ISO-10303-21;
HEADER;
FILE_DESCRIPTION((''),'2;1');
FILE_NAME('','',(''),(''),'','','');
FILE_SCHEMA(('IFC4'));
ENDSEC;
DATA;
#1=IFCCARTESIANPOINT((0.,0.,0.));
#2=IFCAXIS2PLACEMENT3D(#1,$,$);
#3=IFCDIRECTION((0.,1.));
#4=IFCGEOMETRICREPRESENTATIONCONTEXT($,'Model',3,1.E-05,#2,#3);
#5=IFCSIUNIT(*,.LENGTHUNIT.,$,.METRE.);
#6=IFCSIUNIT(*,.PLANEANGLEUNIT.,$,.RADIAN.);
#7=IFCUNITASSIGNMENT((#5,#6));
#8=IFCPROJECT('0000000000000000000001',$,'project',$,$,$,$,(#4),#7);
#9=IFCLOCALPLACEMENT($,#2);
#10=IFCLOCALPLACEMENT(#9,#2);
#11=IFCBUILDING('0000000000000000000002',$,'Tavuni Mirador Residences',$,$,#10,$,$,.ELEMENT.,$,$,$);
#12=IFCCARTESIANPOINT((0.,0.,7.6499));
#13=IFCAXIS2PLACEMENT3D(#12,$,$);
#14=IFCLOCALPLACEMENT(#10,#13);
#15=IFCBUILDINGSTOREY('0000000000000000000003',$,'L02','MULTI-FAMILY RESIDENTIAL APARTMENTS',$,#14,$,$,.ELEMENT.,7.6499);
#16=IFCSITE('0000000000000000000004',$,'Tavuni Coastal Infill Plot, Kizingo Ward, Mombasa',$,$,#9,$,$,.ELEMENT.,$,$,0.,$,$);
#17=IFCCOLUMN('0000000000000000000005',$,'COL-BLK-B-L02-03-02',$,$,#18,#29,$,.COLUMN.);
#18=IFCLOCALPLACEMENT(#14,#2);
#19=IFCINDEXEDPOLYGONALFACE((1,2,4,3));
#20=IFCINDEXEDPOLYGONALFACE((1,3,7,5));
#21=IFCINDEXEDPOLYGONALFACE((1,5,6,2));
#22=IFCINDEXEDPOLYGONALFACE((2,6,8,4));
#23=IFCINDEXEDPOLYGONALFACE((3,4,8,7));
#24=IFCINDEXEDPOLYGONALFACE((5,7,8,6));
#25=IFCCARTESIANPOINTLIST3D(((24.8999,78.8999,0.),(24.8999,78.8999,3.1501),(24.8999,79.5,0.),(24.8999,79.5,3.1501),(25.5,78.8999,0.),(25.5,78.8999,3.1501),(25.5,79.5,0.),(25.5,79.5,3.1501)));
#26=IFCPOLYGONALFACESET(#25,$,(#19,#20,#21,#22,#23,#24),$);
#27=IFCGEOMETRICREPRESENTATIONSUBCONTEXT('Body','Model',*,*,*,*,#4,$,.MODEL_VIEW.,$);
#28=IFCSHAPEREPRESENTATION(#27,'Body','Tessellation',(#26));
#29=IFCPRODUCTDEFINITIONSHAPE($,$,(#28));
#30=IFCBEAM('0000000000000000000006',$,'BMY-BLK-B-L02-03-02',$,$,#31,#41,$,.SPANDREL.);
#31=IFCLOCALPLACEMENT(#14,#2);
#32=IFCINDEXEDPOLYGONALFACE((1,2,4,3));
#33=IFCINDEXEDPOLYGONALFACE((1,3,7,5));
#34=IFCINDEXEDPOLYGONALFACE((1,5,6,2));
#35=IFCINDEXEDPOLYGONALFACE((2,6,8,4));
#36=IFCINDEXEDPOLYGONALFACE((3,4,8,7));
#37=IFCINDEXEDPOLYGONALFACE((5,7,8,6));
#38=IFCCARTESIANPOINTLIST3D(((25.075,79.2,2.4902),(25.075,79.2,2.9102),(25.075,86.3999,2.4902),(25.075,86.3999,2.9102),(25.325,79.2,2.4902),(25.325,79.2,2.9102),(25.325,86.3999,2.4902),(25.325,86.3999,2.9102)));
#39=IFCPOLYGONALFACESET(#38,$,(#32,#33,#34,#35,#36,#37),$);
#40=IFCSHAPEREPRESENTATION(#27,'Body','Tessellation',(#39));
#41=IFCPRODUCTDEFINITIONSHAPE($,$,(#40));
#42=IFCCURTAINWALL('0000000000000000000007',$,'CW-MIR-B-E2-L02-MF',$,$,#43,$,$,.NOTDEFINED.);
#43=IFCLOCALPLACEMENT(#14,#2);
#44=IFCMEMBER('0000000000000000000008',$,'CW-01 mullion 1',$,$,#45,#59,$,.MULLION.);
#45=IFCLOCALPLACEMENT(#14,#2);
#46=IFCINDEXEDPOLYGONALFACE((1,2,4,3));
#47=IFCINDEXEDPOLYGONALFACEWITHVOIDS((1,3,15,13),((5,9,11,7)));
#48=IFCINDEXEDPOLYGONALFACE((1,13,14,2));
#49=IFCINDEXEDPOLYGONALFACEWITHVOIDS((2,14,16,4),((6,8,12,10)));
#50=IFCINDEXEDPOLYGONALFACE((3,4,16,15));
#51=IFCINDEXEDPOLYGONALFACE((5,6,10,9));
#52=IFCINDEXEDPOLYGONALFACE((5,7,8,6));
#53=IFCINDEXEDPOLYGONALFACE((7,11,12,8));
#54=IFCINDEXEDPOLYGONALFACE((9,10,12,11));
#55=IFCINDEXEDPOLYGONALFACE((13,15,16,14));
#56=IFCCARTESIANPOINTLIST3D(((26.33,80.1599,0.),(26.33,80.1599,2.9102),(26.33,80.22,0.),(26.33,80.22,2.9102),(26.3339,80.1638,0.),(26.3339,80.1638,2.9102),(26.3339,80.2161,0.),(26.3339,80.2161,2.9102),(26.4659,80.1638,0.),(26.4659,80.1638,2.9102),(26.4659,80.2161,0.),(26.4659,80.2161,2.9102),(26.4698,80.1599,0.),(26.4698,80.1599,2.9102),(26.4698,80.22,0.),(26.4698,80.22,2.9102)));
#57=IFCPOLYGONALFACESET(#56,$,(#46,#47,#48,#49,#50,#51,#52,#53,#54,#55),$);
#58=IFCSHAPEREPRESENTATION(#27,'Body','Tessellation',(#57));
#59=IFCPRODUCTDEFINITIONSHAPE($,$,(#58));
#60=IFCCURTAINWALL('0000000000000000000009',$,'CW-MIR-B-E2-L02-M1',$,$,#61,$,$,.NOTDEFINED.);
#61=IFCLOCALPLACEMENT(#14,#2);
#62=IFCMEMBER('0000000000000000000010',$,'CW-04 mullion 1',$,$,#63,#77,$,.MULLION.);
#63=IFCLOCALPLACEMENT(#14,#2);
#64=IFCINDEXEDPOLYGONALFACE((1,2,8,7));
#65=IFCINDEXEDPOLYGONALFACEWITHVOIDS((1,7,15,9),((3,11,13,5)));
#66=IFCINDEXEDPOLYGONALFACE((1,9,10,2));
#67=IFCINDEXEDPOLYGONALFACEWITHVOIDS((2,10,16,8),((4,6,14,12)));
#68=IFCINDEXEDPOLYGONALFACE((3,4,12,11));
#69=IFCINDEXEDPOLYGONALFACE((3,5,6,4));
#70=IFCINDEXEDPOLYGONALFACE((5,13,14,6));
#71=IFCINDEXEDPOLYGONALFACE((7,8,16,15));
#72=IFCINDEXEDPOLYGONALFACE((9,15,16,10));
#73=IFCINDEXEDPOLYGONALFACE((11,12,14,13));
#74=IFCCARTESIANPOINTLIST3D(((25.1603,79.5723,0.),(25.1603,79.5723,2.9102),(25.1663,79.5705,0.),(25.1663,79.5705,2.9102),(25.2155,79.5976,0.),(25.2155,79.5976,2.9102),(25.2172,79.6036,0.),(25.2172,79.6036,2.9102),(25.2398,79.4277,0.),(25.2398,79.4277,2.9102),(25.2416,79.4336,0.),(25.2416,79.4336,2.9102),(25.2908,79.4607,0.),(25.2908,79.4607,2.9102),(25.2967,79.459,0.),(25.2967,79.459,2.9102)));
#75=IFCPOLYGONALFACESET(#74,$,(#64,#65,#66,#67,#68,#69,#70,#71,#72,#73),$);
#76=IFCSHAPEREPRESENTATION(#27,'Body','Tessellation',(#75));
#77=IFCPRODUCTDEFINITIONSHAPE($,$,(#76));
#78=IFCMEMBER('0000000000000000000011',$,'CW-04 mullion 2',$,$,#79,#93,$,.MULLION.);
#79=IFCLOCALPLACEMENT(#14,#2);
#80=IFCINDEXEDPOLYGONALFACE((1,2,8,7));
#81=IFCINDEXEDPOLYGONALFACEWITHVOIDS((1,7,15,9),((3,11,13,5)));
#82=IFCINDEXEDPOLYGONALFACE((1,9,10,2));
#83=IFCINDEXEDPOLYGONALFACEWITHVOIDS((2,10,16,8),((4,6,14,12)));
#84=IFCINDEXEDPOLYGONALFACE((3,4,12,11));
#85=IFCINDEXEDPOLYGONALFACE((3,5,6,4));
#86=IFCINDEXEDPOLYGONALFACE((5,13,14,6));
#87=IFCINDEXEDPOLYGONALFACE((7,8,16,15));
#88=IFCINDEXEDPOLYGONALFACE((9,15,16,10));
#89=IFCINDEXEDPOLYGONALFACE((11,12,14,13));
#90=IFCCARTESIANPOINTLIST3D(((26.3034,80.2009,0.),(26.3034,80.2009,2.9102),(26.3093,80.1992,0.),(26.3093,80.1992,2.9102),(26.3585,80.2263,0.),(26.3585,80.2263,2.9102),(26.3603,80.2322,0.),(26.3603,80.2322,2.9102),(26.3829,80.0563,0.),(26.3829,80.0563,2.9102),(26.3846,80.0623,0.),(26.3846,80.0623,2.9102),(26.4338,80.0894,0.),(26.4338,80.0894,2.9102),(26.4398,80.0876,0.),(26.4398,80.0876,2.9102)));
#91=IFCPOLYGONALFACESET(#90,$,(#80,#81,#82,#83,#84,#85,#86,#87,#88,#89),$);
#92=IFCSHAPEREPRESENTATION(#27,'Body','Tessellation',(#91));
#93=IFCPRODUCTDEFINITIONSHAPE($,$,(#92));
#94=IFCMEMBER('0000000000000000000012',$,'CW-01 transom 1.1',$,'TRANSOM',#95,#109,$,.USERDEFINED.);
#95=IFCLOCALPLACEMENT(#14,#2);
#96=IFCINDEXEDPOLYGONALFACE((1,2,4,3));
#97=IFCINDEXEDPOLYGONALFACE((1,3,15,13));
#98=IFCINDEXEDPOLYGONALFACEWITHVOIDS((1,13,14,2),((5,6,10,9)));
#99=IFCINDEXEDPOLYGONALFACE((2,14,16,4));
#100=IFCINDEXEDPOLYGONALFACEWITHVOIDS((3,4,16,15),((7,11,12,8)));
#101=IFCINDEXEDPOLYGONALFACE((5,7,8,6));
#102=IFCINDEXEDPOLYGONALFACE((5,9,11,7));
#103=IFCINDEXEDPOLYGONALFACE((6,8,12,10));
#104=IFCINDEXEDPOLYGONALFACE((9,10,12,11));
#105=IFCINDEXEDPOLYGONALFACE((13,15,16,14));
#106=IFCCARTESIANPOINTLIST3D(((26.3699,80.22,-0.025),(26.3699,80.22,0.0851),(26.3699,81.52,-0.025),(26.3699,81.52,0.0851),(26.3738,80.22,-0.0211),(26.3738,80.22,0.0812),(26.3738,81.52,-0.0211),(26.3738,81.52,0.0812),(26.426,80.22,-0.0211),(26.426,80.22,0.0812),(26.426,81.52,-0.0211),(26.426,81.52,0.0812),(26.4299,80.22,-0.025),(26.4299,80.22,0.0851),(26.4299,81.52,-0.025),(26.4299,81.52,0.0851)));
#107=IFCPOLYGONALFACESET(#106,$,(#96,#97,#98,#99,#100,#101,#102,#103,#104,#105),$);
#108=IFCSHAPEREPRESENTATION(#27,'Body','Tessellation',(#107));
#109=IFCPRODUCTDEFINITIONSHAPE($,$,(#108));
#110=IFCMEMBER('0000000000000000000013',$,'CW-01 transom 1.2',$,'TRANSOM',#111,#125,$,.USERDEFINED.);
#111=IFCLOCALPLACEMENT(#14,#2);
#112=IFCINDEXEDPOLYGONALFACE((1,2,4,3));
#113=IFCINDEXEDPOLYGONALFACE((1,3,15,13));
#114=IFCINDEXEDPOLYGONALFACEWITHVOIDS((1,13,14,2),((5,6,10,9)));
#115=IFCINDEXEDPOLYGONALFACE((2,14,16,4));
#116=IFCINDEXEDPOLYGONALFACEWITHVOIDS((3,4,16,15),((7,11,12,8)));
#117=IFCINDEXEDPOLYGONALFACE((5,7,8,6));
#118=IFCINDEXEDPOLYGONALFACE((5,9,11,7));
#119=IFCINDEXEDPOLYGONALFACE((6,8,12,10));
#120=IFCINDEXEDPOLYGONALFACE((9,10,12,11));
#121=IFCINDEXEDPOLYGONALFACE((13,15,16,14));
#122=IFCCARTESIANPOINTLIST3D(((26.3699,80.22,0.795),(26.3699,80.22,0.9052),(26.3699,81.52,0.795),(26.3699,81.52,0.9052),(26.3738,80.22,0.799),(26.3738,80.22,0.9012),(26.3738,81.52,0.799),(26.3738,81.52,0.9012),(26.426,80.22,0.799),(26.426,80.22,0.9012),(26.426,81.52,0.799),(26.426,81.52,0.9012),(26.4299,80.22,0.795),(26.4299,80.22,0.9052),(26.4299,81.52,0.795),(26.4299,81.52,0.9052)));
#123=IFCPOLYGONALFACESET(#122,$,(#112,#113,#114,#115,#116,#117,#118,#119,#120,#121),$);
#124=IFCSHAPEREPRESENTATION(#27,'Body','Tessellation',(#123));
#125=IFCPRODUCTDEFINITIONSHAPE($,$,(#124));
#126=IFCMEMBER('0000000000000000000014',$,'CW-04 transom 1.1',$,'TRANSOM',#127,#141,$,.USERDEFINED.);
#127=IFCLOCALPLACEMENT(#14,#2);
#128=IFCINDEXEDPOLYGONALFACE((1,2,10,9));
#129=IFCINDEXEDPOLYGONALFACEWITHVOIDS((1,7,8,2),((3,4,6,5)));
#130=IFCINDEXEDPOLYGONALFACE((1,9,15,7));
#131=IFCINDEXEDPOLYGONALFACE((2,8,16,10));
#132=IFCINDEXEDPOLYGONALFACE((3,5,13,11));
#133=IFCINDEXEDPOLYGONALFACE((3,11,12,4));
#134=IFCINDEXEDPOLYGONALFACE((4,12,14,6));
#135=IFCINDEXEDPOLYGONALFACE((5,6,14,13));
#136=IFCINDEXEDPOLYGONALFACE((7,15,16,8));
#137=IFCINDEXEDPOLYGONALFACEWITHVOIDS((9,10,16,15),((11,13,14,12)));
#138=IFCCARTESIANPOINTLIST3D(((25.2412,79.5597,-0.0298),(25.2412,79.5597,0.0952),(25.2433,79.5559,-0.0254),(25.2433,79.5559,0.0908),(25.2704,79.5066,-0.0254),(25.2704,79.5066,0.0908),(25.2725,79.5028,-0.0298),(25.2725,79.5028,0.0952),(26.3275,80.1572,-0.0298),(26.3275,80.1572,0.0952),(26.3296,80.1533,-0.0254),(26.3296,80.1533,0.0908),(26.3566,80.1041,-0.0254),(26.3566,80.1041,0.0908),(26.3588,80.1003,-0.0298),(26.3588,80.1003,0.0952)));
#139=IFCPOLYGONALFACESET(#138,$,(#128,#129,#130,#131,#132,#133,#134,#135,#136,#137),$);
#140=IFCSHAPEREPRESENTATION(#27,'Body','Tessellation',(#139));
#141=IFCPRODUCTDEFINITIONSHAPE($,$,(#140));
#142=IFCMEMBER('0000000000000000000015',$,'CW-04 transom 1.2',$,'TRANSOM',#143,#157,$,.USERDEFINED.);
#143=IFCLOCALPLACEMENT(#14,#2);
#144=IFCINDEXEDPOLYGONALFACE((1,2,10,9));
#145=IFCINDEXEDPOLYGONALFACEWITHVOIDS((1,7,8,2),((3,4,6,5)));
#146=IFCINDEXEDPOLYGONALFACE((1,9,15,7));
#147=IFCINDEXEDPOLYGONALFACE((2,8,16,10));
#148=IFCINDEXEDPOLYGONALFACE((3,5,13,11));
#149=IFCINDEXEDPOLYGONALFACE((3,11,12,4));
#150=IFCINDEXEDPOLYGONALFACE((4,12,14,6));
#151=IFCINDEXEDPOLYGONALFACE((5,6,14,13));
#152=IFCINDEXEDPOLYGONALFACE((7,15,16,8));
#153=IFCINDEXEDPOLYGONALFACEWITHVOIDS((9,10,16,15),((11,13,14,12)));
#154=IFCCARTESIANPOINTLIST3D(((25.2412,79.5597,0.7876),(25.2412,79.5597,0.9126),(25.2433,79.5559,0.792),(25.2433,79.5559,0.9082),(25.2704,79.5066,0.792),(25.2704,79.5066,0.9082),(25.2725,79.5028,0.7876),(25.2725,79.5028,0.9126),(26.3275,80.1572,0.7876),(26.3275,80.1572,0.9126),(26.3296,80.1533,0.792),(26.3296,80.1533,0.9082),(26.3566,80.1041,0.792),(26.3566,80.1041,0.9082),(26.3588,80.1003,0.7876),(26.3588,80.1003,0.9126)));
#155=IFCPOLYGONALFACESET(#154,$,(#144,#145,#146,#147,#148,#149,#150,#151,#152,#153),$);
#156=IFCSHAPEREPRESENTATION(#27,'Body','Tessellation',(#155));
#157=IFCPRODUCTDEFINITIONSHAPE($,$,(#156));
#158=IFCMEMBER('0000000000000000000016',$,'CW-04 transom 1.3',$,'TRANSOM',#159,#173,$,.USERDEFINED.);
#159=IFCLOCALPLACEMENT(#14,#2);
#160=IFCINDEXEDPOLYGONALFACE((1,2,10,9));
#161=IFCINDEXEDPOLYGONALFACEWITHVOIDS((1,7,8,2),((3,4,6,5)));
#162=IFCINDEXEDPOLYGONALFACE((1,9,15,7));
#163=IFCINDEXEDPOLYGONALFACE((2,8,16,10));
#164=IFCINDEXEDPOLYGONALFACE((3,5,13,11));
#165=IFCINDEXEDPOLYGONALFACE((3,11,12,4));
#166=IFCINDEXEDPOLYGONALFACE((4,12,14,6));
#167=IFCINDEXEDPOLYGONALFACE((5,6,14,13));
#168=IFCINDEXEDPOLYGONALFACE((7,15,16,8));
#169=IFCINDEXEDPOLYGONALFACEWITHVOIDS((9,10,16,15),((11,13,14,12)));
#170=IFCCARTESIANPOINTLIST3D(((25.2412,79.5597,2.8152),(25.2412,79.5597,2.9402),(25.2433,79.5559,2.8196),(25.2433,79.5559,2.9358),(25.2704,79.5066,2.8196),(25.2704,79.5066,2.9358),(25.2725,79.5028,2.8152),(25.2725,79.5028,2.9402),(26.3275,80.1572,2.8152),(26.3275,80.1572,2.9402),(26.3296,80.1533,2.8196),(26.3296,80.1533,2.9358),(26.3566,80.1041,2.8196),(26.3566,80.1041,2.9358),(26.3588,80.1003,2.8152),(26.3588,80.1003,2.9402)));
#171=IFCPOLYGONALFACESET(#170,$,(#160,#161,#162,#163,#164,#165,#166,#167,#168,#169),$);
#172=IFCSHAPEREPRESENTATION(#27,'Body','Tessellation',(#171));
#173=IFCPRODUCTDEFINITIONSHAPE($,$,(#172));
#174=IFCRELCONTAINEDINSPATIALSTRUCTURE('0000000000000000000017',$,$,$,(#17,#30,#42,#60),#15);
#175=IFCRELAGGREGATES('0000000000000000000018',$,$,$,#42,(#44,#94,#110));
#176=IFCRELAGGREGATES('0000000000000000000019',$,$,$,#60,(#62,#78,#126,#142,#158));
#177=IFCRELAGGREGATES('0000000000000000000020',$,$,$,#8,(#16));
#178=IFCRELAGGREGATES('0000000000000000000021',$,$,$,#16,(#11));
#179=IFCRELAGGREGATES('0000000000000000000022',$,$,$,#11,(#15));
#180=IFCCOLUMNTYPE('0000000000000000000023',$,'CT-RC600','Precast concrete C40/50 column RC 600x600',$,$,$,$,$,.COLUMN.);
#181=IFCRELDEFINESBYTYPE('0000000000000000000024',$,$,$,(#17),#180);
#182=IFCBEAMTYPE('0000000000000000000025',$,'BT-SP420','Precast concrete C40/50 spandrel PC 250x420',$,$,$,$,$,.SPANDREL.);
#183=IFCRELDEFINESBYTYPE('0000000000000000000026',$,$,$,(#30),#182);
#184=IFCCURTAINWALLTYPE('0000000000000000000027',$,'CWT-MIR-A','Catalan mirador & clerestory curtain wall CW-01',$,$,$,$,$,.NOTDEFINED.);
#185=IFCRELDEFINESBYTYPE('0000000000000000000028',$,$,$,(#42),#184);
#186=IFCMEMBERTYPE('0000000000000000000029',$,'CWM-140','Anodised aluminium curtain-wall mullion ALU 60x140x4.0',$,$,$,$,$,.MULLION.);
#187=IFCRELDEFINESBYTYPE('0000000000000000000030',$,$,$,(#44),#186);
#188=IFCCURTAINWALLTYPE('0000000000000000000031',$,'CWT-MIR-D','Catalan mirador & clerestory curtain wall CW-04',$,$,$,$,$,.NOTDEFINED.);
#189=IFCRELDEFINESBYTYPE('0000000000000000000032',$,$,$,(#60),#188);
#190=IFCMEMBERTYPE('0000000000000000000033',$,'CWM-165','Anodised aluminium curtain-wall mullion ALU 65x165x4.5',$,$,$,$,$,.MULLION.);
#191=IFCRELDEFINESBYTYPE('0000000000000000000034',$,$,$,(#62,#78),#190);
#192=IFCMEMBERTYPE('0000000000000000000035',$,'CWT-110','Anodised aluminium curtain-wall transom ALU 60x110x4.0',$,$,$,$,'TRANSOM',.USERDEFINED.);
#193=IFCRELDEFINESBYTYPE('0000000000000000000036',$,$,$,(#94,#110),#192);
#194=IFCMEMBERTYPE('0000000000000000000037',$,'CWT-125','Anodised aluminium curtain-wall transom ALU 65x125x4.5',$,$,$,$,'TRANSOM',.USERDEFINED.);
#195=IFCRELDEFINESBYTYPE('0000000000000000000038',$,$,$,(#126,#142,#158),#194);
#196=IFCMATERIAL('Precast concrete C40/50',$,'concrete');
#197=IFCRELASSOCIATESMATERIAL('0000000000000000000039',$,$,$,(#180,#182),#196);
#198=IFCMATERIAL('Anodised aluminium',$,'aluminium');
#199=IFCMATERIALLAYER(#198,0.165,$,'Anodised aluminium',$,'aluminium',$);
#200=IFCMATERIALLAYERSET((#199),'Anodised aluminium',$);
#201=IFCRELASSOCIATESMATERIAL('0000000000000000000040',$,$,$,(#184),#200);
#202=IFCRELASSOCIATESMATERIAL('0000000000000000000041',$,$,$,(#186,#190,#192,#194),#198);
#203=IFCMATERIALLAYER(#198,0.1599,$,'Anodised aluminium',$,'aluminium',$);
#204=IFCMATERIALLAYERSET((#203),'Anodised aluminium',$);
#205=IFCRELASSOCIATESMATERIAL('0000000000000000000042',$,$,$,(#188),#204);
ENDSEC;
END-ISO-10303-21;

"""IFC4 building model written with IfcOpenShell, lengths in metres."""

from ifc_helpers import new_model, si_unit, direction, frame, origin, origin_2d, place, context, subcontext, project, spatial, rectangle, hollow_rectangle, extrude, material, layer, layer_set, material_profile, profile_set, type_object, element, aggregate, save


model = new_model("IFC4")

# Units and contexts
model_context = context("Model", 3, precision=1e-05, world=origin(), true_north=direction((0.0, 1.0)))
body_context = subcontext(model_context, "Body", "Model", "MODEL_VIEW")
ifc_project = project(units=[si_unit("LENGTHUNIT", "METRE"), si_unit("PLANEANGLEUNIT", "RADIAN")], contexts=[model_context])

# Site, building, storey
site_placement = place(None, origin())
site = spatial("IfcSite", under=ifc_project, at=site_placement, Name="Tavuni Coastal Infill Plot, Kizingo Ward, Mombasa", CompositionType="ELEMENT", RefElevation=0.0)
building_placement = place(site_placement, origin())
building = spatial("IfcBuilding", under=site, at=building_placement, Name="Tavuni Mirador Residences", CompositionType="ELEMENT")
storey_placement = place(building_placement, frame((0.0, 0.0, 7.6499)))
storey = spatial("IfcBuildingStorey", under=building, at=storey_placement, Name="L02", Description="MULTI-FAMILY RESIDENTIAL APARTMENTS", CompositionType="ELEMENT", Elevation=7.6499)

# Column
ifc_material_1 = material(Name="Precast concrete C40/50", Category="concrete")
ifc_material_profile_1 = material_profile(ifc_material_1, rectangle(XDim=0.6001, YDim=0.6001, at=origin_2d()), Name="RC 600x600", Category="concrete")
ifc_profile_set_1 = profile_set([ifc_material_profile_1], Name="Precast concrete C40/50")
column_type = type_object("IfcColumnType", Name="CT-RC600", Description="Precast concrete C40/50 column RC 600x600", PredefinedType="COLUMN", material=ifc_profile_set_1)
column_placement = place(storey_placement, frame((25.2, 79.2, 0.0), z_axis=(0.0, 0.0, 1.0), x_axis=(1.0, 0.0, 0.0)))
element("IfcColumn", 1, at=column_placement, inside=storey, type_object=column_type, Name="COL-BLK-B-L02-03-02", PredefinedType="COLUMN", context=body_context, shape_type="SweptSolid", body=[
    extrude(rectangle(XDim=0.6001, YDim=0.6001, at=origin_2d()), origin(), (0.0, 0.0, 1.0), 3.1501),
])

# Beam
ifc_material_profile_2 = material_profile(ifc_material_1, rectangle(XDim=0.25, YDim=0.4199, at=origin_2d()), Name="PC 250x420", Category="concrete")
ifc_profile_set_2 = profile_set([ifc_material_profile_2], Name="Precast concrete C40/50")
beam_type = type_object("IfcBeamType", Name="BT-SP420", Description="Precast concrete C40/50 spandrel PC 250x420", PredefinedType="SPANDREL", material=ifc_profile_set_2)
beam_placement = place(storey_placement, frame((25.2, 79.2, 2.7002), z_axis=(0.0, 1.0, 0.0), x_axis=(-1.0, 0.0, 0.0)))
element("IfcBeam", 2, at=beam_placement, inside=storey, type_object=beam_type, Name="BMY-BLK-B-L02-03-02", PredefinedType="SPANDREL", context=body_context, shape_type="SweptSolid", body=[
    extrude(rectangle(XDim=0.25, YDim=0.4199, at=origin_2d()), origin(), (0.0, 0.0, 1.0), 7.2),
])

# Curtain wall, member
ifc_material_2 = material(Name="Anodised aluminium", Category="aluminium")
ifc_layer_1 = layer(ifc_material_2, 0.165, Name="Anodised aluminium", Category="aluminium")
ifc_layer_set_1 = layer_set([ifc_layer_1], Name="Anodised aluminium")
curtain_wall_type_1 = type_object("IfcCurtainWallType", Name="CWT-MIR-A", Description="Catalan mirador & clerestory curtain wall CW-01", PredefinedType="NOTDEFINED", material=ifc_layer_set_1)
curtain_wall_1_placement = place(storey_placement, origin())
curtain_wall_1 = element("IfcCurtainWall", 3, at=curtain_wall_1_placement, inside=storey, type_object=curtain_wall_type_1, Name="CW-MIR-B-E2-L02-MF", PredefinedType="NOTDEFINED")
ifc_material_profile_3 = material_profile(ifc_material_2, hollow_rectangle(XDim=0.0601, YDim=0.1399, WallThickness=0.0039, at=origin_2d()), Name="ALU 60x140x4.0", Category="aluminium")
ifc_profile_set_3 = profile_set([ifc_material_profile_3], Name="Anodised aluminium")
member_type_1 = type_object("IfcMemberType", Name="CWM-140", Description="Anodised aluminium curtain-wall mullion ALU 60x140x4.0", PredefinedType="MULLION", material=ifc_profile_set_3)
member_1_placement = place(storey_placement, frame((26.3999, 80.1899, 0.0), z_axis=(0.0, 0.0, 1.0), x_axis=(0.0, 1.0, 0.0)))
member_1 = element("IfcMember", 4, at=member_1_placement, type_object=member_type_1, Name="CW-01 mullion 1", PredefinedType="MULLION", context=body_context, shape_type="SweptSolid", body=[
    extrude(hollow_rectangle(XDim=0.0601, YDim=0.1399, WallThickness=0.0039, at=origin_2d()), origin(), (0.0, 0.0, 1.0), 2.9102),
])

# Curtain wall, members
ifc_layer_2 = layer(ifc_material_2, 0.1599, Name="Anodised aluminium", Category="aluminium")
ifc_layer_set_2 = layer_set([ifc_layer_2], Name="Anodised aluminium")
curtain_wall_type_2 = type_object("IfcCurtainWallType", Name="CWT-MIR-D", Description="Catalan mirador & clerestory curtain wall CW-04", PredefinedType="NOTDEFINED", material=ifc_layer_set_2)
curtain_wall_2_placement = place(storey_placement, origin())
curtain_wall_2 = element("IfcCurtainWall", 5, at=curtain_wall_2_placement, inside=storey, type_object=curtain_wall_type_2, Name="CW-MIR-B-E2-L02-M1", PredefinedType="NOTDEFINED")
ifc_material_profile_4 = material_profile(ifc_material_2, hollow_rectangle(XDim=0.0649, YDim=0.165, WallThickness=0.0044, at=origin_2d()), Name="ALU 65x165x4.5", Category="aluminium")
ifc_profile_set_4 = profile_set([ifc_material_profile_4], Name="Anodised aluminium")
member_type_2 = type_object("IfcMemberType", Name="CWM-165", Description="Anodised aluminium curtain-wall mullion ALU 65x165x4.5", PredefinedType="MULLION", material=ifc_profile_set_4)
member_2_placement = place(storey_placement, frame((25.2285, 79.5156, 0.0), z_axis=(0.0, 0.0, 1.0), x_axis=(0.876216, 0.481919, 0.0)))
member_2 = element("IfcMember", 6, at=member_2_placement, type_object=member_type_2, Name="CW-04 mullion 1", PredefinedType="MULLION", context=body_context, shape_type="SweptSolid", body=[
    extrude(hollow_rectangle(XDim=0.0649, YDim=0.165, WallThickness=0.0044, at=origin_2d()), origin(), (0.0, 0.0, 1.0), 2.9102),
])
member_3_placement = place(storey_placement, frame((26.3716, 80.1443, 0.0), z_axis=(0.0, 0.0, 1.0), x_axis=(0.876216, 0.481919, 0.0)))
member_3 = element("IfcMember", 7, at=member_3_placement, type_object=member_type_2, Name="CW-04 mullion 2", PredefinedType="MULLION", context=body_context, shape_type="SweptSolid", body=[
    extrude(hollow_rectangle(XDim=0.0649, YDim=0.165, WallThickness=0.0044, at=origin_2d()), origin(), (0.0, 0.0, 1.0), 2.9102),
])

# Members
ifc_material_profile_5 = material_profile(ifc_material_2, hollow_rectangle(XDim=0.0601, YDim=0.1101, WallThickness=0.0039, at=origin_2d()), Name="ALU 60x110x4.0", Category="aluminium")
ifc_profile_set_5 = profile_set([ifc_material_profile_5], Name="Anodised aluminium")
member_type_3 = type_object("IfcMemberType", Name="CWT-110", Description="Anodised aluminium curtain-wall transom ALU 60x110x4.0", ElementType="TRANSOM", PredefinedType="USERDEFINED", material=ifc_profile_set_5)
member_4_placement = place(storey_placement, frame((26.3999, 80.22, 0.03), z_axis=(0.0, 1.0, 0.0), x_axis=(-1.0, 0.0, 0.0)))
member_4 = element("IfcMember", 8, at=member_4_placement, type_object=member_type_3, Name="CW-01 transom 1.1", ObjectType="TRANSOM", PredefinedType="USERDEFINED", context=body_context, shape_type="SweptSolid", body=[
    extrude(hollow_rectangle(XDim=0.0601, YDim=0.1101, WallThickness=0.0039, at=origin_2d()), origin(), (0.0, 0.0, 1.0), 1.3),
])
member_5_placement = place(storey_placement, frame((26.3999, 80.22, 0.8501), z_axis=(0.0, 1.0, 0.0), x_axis=(-1.0, 0.0, 0.0)))
member_5 = element("IfcMember", 9, at=member_5_placement, type_object=member_type_3, Name="CW-01 transom 1.2", ObjectType="TRANSOM", PredefinedType="USERDEFINED", context=body_context, shape_type="SweptSolid", body=[
    extrude(hollow_rectangle(XDim=0.0601, YDim=0.1101, WallThickness=0.0039, at=origin_2d()), origin(), (0.0, 0.0, 1.0), 1.3),
])
aggregate(curtain_wall_1, [member_1, member_4, member_5])
ifc_material_profile_6 = material_profile(ifc_material_2, hollow_rectangle(XDim=0.0649, YDim=0.125, WallThickness=0.0044, at=origin_2d()), Name="ALU 65x125x4.5", Category="aluminium")
ifc_profile_set_6 = profile_set([ifc_material_profile_6], Name="Anodised aluminium")
member_type_4 = type_object("IfcMemberType", Name="CWT-125", Description="Anodised aluminium curtain-wall transom ALU 65x125x4.5", ElementType="TRANSOM", PredefinedType="USERDEFINED", material=ifc_profile_set_6)
member_6_placement = place(storey_placement, frame((25.2568, 79.5312, 0.0327), z_axis=(0.876212, 0.481926, 0.0), x_axis=(-0.481926, 0.876212, 0.0)))
member_6 = element("IfcMember", 10, at=member_6_placement, type_object=member_type_4, Name="CW-04 transom 1.1", ObjectType="TRANSOM", PredefinedType="USERDEFINED", context=body_context, shape_type="SweptSolid", body=[
    extrude(hollow_rectangle(XDim=0.0649, YDim=0.125, WallThickness=0.0044, at=origin_2d()), origin(), (0.0, 0.0, 1.0), 1.2397),
])
member_7_placement = place(storey_placement, frame((25.2568, 79.5312, 0.8501), z_axis=(0.876212, 0.481926, 0.0), x_axis=(-0.481926, 0.876212, 0.0)))
member_7 = element("IfcMember", 11, at=member_7_placement, type_object=member_type_4, Name="CW-04 transom 1.2", ObjectType="TRANSOM", PredefinedType="USERDEFINED", context=body_context, shape_type="SweptSolid", body=[
    extrude(hollow_rectangle(XDim=0.0649, YDim=0.125, WallThickness=0.0044, at=origin_2d()), origin(), (0.0, 0.0, 1.0), 1.2397),
])
member_8_placement = place(storey_placement, frame((25.2568, 79.5312, 2.8777), z_axis=(0.876212, 0.481926, 0.0), x_axis=(-0.481926, 0.876212, 0.0)))
member_8 = element("IfcMember", 12, at=member_8_placement, type_object=member_type_4, Name="CW-04 transom 1.3", ObjectType="TRANSOM", PredefinedType="USERDEFINED", context=body_context, shape_type="SweptSolid", body=[
    extrude(hollow_rectangle(XDim=0.0649, YDim=0.125, WallThickness=0.0044, at=origin_2d()), origin(), (0.0, 0.0, 1.0), 1.2397),
])

aggregate(curtain_wall_2, [member_2, member_3, member_6, member_7, member_8])

save(model, "model.ifc")
